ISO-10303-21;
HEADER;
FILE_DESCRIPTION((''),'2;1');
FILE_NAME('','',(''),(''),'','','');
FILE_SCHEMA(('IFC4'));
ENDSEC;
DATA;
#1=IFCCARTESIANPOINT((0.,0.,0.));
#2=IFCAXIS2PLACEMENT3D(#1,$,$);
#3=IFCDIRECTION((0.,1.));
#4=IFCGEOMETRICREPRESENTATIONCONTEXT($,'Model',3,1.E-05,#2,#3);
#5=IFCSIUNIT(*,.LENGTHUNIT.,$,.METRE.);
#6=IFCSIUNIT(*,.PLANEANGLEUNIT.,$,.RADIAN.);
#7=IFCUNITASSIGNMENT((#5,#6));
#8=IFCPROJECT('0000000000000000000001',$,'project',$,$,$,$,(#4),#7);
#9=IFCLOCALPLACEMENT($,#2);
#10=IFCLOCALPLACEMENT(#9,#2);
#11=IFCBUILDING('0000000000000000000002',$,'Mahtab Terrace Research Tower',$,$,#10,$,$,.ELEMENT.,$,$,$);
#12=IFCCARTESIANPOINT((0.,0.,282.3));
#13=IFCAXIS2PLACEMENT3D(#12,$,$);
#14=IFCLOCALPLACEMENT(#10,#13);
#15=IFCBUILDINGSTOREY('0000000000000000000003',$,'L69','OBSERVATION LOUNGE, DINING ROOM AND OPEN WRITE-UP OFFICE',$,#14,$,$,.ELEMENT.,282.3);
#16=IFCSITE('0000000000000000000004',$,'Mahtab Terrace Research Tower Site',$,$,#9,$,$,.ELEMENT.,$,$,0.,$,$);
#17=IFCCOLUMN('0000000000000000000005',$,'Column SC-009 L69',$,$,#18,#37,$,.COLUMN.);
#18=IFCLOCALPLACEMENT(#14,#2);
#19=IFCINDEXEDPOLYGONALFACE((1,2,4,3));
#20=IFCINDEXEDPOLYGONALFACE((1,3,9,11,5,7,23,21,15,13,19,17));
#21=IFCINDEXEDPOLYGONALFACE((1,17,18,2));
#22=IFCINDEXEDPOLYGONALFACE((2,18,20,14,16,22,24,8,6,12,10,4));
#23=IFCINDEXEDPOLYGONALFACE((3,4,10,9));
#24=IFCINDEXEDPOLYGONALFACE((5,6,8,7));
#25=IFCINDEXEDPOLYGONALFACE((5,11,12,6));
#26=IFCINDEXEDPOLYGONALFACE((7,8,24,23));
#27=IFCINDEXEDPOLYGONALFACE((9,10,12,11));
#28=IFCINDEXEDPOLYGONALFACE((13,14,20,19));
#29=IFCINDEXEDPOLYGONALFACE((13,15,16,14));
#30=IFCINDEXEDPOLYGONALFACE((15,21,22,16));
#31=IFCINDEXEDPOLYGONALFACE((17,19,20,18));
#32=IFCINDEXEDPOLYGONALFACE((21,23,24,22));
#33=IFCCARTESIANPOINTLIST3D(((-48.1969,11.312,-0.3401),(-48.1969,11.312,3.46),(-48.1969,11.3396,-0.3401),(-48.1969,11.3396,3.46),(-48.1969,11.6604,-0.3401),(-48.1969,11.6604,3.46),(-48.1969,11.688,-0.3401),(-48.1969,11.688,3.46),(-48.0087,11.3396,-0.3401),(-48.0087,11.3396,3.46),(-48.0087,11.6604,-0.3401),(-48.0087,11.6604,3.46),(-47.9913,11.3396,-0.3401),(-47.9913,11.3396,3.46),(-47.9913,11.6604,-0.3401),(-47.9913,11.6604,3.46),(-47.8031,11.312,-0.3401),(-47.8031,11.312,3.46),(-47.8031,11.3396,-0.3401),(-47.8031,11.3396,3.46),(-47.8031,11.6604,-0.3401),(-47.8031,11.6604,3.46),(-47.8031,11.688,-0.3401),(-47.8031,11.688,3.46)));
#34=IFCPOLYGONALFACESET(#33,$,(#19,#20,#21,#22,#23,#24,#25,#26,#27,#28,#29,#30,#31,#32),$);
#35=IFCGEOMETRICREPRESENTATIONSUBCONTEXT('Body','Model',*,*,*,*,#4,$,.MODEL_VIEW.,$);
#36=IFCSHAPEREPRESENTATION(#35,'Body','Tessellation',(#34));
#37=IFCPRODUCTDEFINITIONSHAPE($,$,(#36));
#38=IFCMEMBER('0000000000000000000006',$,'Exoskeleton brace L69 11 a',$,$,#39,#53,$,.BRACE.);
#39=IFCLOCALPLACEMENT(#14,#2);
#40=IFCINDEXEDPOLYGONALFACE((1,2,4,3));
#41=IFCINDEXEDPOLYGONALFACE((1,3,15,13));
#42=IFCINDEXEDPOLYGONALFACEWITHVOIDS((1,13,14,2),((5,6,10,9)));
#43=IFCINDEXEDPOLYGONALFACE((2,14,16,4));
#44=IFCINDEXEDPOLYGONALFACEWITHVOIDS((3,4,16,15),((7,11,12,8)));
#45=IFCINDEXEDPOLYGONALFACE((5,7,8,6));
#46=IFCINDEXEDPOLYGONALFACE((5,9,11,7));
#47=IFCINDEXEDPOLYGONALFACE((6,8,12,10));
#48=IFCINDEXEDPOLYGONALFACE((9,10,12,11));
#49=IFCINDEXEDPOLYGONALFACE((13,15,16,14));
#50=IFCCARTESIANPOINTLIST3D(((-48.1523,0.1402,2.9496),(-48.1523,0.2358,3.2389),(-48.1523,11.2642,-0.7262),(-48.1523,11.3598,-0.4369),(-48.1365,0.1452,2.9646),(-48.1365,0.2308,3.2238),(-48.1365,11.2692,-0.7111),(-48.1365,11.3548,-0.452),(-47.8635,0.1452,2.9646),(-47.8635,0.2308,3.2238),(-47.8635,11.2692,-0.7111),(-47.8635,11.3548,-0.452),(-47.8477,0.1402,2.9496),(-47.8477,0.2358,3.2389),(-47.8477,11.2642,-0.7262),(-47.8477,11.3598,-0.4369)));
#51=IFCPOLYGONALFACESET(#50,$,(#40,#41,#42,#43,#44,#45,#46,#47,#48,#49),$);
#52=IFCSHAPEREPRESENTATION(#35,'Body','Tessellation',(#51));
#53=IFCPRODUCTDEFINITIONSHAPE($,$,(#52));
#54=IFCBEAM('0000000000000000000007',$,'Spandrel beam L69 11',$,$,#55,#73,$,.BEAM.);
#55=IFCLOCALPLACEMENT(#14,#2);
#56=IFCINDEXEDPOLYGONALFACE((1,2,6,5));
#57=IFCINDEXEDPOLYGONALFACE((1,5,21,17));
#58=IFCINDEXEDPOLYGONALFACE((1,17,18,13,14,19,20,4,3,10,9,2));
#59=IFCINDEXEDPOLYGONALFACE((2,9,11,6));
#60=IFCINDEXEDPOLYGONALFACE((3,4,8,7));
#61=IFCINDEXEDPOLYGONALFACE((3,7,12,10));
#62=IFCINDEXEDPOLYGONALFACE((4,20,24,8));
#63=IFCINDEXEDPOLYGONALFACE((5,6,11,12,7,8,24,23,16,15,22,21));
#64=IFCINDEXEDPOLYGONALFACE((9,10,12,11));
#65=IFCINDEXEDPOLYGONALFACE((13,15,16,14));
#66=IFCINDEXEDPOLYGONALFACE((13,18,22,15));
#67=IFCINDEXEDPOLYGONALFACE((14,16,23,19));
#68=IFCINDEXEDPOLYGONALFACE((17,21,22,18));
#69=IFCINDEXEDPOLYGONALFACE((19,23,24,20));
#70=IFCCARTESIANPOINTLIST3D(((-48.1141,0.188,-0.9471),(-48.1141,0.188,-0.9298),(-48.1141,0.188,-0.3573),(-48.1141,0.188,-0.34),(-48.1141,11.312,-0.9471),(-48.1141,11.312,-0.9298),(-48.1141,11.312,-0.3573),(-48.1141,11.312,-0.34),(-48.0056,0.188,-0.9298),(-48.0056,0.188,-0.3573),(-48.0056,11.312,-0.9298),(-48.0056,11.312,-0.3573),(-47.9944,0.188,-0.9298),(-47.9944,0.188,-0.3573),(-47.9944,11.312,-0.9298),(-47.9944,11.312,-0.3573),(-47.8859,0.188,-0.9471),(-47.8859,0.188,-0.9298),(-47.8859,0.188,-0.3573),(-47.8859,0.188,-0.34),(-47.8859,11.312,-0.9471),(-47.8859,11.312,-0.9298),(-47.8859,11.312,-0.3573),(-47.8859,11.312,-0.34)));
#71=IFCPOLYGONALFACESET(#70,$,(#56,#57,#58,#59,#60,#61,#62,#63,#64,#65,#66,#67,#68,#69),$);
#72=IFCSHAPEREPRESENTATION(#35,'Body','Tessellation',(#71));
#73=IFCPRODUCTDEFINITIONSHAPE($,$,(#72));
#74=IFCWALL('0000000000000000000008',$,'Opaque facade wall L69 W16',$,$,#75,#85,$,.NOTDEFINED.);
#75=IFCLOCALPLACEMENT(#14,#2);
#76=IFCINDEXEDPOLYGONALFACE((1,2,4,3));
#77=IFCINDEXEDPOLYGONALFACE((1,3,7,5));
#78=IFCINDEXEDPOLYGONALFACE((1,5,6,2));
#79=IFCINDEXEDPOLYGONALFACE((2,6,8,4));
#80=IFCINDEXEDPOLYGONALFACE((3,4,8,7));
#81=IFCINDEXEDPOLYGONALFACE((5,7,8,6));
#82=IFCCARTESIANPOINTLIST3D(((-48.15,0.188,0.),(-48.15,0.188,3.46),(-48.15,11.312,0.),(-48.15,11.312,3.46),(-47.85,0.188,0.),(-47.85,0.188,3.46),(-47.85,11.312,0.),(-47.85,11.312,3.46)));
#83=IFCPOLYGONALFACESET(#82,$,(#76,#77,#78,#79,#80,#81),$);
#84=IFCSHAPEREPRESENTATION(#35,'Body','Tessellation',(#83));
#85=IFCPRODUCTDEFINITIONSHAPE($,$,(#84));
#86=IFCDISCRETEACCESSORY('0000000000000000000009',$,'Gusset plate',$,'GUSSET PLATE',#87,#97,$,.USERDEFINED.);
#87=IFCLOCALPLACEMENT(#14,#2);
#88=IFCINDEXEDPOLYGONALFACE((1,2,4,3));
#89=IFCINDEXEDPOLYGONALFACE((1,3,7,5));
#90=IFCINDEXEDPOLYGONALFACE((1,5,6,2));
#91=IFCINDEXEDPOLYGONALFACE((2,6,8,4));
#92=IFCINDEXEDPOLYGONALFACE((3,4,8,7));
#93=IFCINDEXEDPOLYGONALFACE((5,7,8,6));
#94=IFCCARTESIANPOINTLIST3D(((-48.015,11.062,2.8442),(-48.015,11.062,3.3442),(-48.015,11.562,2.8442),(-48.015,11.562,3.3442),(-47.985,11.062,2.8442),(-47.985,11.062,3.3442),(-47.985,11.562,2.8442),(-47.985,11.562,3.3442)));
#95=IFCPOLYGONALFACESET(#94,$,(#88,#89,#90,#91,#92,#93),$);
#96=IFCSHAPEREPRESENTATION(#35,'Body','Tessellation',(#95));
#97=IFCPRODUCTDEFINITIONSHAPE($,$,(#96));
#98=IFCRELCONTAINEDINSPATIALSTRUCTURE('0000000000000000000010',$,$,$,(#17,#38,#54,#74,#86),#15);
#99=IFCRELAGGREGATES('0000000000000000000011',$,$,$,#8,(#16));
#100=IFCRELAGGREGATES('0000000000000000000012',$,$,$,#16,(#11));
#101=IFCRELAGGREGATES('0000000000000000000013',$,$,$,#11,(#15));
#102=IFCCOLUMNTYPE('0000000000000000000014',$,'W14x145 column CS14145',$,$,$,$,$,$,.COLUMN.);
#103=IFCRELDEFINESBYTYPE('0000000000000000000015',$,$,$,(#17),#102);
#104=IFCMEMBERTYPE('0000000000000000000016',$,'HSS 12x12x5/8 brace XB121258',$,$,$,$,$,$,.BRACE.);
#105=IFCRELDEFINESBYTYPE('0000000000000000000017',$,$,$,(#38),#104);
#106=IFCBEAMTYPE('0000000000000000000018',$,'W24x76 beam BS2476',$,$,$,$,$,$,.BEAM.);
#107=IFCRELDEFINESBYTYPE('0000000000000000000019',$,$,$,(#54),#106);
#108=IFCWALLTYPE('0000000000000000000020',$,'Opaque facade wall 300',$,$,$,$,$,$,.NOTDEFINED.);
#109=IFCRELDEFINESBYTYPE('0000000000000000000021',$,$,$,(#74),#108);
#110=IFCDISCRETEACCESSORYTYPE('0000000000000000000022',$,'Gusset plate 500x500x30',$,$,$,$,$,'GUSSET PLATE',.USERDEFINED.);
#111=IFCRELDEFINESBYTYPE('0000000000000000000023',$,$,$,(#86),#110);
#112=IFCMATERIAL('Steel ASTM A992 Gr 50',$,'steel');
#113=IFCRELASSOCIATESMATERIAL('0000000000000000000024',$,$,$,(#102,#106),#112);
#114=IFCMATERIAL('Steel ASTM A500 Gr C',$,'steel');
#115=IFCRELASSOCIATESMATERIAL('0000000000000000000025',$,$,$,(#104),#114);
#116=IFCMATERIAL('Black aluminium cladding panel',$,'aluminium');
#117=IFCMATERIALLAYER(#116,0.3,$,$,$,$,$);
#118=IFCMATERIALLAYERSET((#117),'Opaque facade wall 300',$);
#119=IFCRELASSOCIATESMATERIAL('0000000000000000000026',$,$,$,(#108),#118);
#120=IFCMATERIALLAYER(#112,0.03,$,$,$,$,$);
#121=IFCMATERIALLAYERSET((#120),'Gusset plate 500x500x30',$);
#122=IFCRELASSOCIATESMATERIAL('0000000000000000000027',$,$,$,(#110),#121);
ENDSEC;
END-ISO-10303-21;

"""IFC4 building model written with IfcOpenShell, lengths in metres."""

from ifc_helpers import new_model, si_unit, direction, frame, frame_2d, origin, origin_2d, place, context, subcontext, project, spatial, rectangle, hollow_rectangle, i_section, extrude, material, layer, layer_set, material_profile, profile_set, type_object, element, save


model = new_model("IFC4")

# Units and contexts
model_context = context("Model", 3, precision=1e-05, world=origin(), true_north=direction((0.0, 1.0)))
body_context = subcontext(model_context, "Body", "Model", "MODEL_VIEW")
ifc_project = project(units=[si_unit("LENGTHUNIT", "METRE"), si_unit("PLANEANGLEUNIT", "RADIAN")], contexts=[model_context])

# Site, building, storey
site_placement = place(None, origin())
site = spatial("IfcSite", under=ifc_project, at=site_placement, Name="Mahtab Terrace Research Tower Site", CompositionType="ELEMENT", RefElevation=0.0)
building_placement = place(site_placement, origin())
building = spatial("IfcBuilding", under=site, at=building_placement, Name="Mahtab Terrace Research Tower", CompositionType="ELEMENT")
storey_placement = place(building_placement, frame((0.0, 0.0, 282.3)))
storey = spatial("IfcBuildingStorey", under=building, at=storey_placement, Name="L69", Description="OBSERVATION LOUNGE, DINING ROOM AND OPEN WRITE-UP OFFICE", CompositionType="ELEMENT", Elevation=282.3)

# Column
ifc_material_1 = material(Name="Steel ASTM A992 Gr 50", Category="steel")
ifc_material_profile_1 = material_profile(ifc_material_1, i_section(OverallWidth=0.3938, OverallDepth=0.376, WebThickness=0.0173, FlangeThickness=0.0276, at=origin_2d()), Name="W14X145")
ifc_profile_set_1 = profile_set([ifc_material_profile_1], Name="Steel ASTM A992 Gr 50")
column_type = type_object("IfcColumnType", Name="W14x145 column CS14145", PredefinedType="COLUMN", material=ifc_profile_set_1)
column_placement = place(storey_placement, frame((-48.0, 11.5, -0.3401), z_axis=(0.0, 0.0, 1.0), x_axis=(1.0, 0.0, 0.0)))
element("IfcColumn", 1, at=column_placement, inside=storey, type_object=column_type, Name="Column SC-009 L69", PredefinedType="COLUMN", context=body_context, shape_type="SweptSolid", body=[
    extrude(i_section(OverallWidth=0.3938, OverallDepth=0.376, WebThickness=0.0173, FlangeThickness=0.0276, at=origin_2d()), origin(), (0.0, 0.0, 1.0), 3.8),
])

# Member
ifc_material_2 = material(Name="Steel ASTM A500 Gr C", Category="steel")
ifc_material_profile_2 = material_profile(ifc_material_2, hollow_rectangle(XDim=0.3047, YDim=0.3047, WallThickness=0.0159, at=origin_2d()), Name="HSS12X12X5/8")
ifc_profile_set_2 = profile_set([ifc_material_profile_2], Name="Steel ASTM A500 Gr C")
member_type = type_object("IfcMemberType", Name="HSS 12x12x5/8 brace XB121258", PredefinedType="BRACE", material=ifc_profile_set_2)
member_placement = place(storey_placement, frame((-48.0, 11.312, -0.5815), z_axis=(0.0, -0.949505, 0.313751), x_axis=(1.0, 0.0, 0.0)))
element("IfcMember", 2, at=member_placement, inside=storey, type_object=member_type, Name="Exoskeleton brace L69 11 a", PredefinedType="BRACE", context=body_context, shape_type="SweptSolid", body=[
    extrude(hollow_rectangle(XDim=0.3047, YDim=0.3047, WallThickness=0.0159, at=origin_2d()), origin(), (0.0, 0.0, 1.0), 11.7156),
])

# Beam
ifc_material_profile_3 = material_profile(ifc_material_1, i_section(OverallWidth=0.2283, OverallDepth=0.6072, WebThickness=0.0112, FlangeThickness=0.0173, at=origin_2d()), Name="W24X76")
ifc_profile_set_3 = profile_set([ifc_material_profile_3], Name="Steel ASTM A992 Gr 50")
beam_type = type_object("IfcBeamType", Name="W24x76 beam BS2476", PredefinedType="BEAM", material=ifc_profile_set_3)
beam_placement = place(storey_placement, frame((-48.0, 11.312, -0.6436), z_axis=(0.0, -1.0, 0.0), x_axis=(1.0, 0.0, 0.0)))
element("IfcBeam", 3, at=beam_placement, inside=storey, type_object=beam_type, Name="Spandrel beam L69 11", PredefinedType="BEAM", context=body_context, shape_type="SweptSolid", body=[
    extrude(i_section(OverallWidth=0.2283, OverallDepth=0.6072, WebThickness=0.0112, FlangeThickness=0.0173, at=origin_2d()), origin(), (0.0, 0.0, 1.0), 11.124),
])

# Wall
ifc_material_3 = material(Name="Black aluminium cladding panel", Category="aluminium")
ifc_layer_1 = layer(ifc_material_3, 0.3)
ifc_layer_set_1 = layer_set([ifc_layer_1], Name="Opaque facade wall 300")
wall_type = type_object("IfcWallType", Name="Opaque facade wall 300", PredefinedType="NOTDEFINED", material=ifc_layer_set_1)
wall_placement = place(storey_placement, frame((-48.0, 11.312, 0.0), z_axis=(0.0, 0.0, 1.0), x_axis=(0.0, -1.0, 0.0)))
element("IfcWall", 4, at=wall_placement, inside=storey, type_object=wall_type, Name="Opaque facade wall L69 W16", PredefinedType="NOTDEFINED", context=body_context, shape_type="SweptSolid", body=[
    extrude(rectangle(XDim=11.124, YDim=0.3, at=frame_2d((5.562, 0.0))), origin(), (0.0, 0.0, 1.0), 3.46),
])

# Discrete accessory
ifc_layer_2 = layer(ifc_material_1, 0.03)
ifc_layer_set_2 = layer_set([ifc_layer_2], Name="Gusset plate 500x500x30")
discrete_accessory_type = type_object("IfcDiscreteAccessoryType", Name="Gusset plate 500x500x30", ElementType="GUSSET PLATE", PredefinedType="USERDEFINED", material=ifc_layer_set_2)
discrete_accessory_placement = place(storey_placement, frame((-48.0, 11.312, 2.8442), z_axis=(0.0, 0.0, 1.0), x_axis=(0.0, 1.0, 0.0)))
element("IfcDiscreteAccessory", 5, at=discrete_accessory_placement, inside=storey, type_object=discrete_accessory_type, Name="Gusset plate", ObjectType="GUSSET PLATE", PredefinedType="USERDEFINED", context=body_context, shape_type="SweptSolid", body=[
    extrude(rectangle(XDim=0.5, YDim=0.03, at=origin_2d()), origin(), (0.0, 0.0, 1.0), 0.5),
])

save(model, "model.ifc")
